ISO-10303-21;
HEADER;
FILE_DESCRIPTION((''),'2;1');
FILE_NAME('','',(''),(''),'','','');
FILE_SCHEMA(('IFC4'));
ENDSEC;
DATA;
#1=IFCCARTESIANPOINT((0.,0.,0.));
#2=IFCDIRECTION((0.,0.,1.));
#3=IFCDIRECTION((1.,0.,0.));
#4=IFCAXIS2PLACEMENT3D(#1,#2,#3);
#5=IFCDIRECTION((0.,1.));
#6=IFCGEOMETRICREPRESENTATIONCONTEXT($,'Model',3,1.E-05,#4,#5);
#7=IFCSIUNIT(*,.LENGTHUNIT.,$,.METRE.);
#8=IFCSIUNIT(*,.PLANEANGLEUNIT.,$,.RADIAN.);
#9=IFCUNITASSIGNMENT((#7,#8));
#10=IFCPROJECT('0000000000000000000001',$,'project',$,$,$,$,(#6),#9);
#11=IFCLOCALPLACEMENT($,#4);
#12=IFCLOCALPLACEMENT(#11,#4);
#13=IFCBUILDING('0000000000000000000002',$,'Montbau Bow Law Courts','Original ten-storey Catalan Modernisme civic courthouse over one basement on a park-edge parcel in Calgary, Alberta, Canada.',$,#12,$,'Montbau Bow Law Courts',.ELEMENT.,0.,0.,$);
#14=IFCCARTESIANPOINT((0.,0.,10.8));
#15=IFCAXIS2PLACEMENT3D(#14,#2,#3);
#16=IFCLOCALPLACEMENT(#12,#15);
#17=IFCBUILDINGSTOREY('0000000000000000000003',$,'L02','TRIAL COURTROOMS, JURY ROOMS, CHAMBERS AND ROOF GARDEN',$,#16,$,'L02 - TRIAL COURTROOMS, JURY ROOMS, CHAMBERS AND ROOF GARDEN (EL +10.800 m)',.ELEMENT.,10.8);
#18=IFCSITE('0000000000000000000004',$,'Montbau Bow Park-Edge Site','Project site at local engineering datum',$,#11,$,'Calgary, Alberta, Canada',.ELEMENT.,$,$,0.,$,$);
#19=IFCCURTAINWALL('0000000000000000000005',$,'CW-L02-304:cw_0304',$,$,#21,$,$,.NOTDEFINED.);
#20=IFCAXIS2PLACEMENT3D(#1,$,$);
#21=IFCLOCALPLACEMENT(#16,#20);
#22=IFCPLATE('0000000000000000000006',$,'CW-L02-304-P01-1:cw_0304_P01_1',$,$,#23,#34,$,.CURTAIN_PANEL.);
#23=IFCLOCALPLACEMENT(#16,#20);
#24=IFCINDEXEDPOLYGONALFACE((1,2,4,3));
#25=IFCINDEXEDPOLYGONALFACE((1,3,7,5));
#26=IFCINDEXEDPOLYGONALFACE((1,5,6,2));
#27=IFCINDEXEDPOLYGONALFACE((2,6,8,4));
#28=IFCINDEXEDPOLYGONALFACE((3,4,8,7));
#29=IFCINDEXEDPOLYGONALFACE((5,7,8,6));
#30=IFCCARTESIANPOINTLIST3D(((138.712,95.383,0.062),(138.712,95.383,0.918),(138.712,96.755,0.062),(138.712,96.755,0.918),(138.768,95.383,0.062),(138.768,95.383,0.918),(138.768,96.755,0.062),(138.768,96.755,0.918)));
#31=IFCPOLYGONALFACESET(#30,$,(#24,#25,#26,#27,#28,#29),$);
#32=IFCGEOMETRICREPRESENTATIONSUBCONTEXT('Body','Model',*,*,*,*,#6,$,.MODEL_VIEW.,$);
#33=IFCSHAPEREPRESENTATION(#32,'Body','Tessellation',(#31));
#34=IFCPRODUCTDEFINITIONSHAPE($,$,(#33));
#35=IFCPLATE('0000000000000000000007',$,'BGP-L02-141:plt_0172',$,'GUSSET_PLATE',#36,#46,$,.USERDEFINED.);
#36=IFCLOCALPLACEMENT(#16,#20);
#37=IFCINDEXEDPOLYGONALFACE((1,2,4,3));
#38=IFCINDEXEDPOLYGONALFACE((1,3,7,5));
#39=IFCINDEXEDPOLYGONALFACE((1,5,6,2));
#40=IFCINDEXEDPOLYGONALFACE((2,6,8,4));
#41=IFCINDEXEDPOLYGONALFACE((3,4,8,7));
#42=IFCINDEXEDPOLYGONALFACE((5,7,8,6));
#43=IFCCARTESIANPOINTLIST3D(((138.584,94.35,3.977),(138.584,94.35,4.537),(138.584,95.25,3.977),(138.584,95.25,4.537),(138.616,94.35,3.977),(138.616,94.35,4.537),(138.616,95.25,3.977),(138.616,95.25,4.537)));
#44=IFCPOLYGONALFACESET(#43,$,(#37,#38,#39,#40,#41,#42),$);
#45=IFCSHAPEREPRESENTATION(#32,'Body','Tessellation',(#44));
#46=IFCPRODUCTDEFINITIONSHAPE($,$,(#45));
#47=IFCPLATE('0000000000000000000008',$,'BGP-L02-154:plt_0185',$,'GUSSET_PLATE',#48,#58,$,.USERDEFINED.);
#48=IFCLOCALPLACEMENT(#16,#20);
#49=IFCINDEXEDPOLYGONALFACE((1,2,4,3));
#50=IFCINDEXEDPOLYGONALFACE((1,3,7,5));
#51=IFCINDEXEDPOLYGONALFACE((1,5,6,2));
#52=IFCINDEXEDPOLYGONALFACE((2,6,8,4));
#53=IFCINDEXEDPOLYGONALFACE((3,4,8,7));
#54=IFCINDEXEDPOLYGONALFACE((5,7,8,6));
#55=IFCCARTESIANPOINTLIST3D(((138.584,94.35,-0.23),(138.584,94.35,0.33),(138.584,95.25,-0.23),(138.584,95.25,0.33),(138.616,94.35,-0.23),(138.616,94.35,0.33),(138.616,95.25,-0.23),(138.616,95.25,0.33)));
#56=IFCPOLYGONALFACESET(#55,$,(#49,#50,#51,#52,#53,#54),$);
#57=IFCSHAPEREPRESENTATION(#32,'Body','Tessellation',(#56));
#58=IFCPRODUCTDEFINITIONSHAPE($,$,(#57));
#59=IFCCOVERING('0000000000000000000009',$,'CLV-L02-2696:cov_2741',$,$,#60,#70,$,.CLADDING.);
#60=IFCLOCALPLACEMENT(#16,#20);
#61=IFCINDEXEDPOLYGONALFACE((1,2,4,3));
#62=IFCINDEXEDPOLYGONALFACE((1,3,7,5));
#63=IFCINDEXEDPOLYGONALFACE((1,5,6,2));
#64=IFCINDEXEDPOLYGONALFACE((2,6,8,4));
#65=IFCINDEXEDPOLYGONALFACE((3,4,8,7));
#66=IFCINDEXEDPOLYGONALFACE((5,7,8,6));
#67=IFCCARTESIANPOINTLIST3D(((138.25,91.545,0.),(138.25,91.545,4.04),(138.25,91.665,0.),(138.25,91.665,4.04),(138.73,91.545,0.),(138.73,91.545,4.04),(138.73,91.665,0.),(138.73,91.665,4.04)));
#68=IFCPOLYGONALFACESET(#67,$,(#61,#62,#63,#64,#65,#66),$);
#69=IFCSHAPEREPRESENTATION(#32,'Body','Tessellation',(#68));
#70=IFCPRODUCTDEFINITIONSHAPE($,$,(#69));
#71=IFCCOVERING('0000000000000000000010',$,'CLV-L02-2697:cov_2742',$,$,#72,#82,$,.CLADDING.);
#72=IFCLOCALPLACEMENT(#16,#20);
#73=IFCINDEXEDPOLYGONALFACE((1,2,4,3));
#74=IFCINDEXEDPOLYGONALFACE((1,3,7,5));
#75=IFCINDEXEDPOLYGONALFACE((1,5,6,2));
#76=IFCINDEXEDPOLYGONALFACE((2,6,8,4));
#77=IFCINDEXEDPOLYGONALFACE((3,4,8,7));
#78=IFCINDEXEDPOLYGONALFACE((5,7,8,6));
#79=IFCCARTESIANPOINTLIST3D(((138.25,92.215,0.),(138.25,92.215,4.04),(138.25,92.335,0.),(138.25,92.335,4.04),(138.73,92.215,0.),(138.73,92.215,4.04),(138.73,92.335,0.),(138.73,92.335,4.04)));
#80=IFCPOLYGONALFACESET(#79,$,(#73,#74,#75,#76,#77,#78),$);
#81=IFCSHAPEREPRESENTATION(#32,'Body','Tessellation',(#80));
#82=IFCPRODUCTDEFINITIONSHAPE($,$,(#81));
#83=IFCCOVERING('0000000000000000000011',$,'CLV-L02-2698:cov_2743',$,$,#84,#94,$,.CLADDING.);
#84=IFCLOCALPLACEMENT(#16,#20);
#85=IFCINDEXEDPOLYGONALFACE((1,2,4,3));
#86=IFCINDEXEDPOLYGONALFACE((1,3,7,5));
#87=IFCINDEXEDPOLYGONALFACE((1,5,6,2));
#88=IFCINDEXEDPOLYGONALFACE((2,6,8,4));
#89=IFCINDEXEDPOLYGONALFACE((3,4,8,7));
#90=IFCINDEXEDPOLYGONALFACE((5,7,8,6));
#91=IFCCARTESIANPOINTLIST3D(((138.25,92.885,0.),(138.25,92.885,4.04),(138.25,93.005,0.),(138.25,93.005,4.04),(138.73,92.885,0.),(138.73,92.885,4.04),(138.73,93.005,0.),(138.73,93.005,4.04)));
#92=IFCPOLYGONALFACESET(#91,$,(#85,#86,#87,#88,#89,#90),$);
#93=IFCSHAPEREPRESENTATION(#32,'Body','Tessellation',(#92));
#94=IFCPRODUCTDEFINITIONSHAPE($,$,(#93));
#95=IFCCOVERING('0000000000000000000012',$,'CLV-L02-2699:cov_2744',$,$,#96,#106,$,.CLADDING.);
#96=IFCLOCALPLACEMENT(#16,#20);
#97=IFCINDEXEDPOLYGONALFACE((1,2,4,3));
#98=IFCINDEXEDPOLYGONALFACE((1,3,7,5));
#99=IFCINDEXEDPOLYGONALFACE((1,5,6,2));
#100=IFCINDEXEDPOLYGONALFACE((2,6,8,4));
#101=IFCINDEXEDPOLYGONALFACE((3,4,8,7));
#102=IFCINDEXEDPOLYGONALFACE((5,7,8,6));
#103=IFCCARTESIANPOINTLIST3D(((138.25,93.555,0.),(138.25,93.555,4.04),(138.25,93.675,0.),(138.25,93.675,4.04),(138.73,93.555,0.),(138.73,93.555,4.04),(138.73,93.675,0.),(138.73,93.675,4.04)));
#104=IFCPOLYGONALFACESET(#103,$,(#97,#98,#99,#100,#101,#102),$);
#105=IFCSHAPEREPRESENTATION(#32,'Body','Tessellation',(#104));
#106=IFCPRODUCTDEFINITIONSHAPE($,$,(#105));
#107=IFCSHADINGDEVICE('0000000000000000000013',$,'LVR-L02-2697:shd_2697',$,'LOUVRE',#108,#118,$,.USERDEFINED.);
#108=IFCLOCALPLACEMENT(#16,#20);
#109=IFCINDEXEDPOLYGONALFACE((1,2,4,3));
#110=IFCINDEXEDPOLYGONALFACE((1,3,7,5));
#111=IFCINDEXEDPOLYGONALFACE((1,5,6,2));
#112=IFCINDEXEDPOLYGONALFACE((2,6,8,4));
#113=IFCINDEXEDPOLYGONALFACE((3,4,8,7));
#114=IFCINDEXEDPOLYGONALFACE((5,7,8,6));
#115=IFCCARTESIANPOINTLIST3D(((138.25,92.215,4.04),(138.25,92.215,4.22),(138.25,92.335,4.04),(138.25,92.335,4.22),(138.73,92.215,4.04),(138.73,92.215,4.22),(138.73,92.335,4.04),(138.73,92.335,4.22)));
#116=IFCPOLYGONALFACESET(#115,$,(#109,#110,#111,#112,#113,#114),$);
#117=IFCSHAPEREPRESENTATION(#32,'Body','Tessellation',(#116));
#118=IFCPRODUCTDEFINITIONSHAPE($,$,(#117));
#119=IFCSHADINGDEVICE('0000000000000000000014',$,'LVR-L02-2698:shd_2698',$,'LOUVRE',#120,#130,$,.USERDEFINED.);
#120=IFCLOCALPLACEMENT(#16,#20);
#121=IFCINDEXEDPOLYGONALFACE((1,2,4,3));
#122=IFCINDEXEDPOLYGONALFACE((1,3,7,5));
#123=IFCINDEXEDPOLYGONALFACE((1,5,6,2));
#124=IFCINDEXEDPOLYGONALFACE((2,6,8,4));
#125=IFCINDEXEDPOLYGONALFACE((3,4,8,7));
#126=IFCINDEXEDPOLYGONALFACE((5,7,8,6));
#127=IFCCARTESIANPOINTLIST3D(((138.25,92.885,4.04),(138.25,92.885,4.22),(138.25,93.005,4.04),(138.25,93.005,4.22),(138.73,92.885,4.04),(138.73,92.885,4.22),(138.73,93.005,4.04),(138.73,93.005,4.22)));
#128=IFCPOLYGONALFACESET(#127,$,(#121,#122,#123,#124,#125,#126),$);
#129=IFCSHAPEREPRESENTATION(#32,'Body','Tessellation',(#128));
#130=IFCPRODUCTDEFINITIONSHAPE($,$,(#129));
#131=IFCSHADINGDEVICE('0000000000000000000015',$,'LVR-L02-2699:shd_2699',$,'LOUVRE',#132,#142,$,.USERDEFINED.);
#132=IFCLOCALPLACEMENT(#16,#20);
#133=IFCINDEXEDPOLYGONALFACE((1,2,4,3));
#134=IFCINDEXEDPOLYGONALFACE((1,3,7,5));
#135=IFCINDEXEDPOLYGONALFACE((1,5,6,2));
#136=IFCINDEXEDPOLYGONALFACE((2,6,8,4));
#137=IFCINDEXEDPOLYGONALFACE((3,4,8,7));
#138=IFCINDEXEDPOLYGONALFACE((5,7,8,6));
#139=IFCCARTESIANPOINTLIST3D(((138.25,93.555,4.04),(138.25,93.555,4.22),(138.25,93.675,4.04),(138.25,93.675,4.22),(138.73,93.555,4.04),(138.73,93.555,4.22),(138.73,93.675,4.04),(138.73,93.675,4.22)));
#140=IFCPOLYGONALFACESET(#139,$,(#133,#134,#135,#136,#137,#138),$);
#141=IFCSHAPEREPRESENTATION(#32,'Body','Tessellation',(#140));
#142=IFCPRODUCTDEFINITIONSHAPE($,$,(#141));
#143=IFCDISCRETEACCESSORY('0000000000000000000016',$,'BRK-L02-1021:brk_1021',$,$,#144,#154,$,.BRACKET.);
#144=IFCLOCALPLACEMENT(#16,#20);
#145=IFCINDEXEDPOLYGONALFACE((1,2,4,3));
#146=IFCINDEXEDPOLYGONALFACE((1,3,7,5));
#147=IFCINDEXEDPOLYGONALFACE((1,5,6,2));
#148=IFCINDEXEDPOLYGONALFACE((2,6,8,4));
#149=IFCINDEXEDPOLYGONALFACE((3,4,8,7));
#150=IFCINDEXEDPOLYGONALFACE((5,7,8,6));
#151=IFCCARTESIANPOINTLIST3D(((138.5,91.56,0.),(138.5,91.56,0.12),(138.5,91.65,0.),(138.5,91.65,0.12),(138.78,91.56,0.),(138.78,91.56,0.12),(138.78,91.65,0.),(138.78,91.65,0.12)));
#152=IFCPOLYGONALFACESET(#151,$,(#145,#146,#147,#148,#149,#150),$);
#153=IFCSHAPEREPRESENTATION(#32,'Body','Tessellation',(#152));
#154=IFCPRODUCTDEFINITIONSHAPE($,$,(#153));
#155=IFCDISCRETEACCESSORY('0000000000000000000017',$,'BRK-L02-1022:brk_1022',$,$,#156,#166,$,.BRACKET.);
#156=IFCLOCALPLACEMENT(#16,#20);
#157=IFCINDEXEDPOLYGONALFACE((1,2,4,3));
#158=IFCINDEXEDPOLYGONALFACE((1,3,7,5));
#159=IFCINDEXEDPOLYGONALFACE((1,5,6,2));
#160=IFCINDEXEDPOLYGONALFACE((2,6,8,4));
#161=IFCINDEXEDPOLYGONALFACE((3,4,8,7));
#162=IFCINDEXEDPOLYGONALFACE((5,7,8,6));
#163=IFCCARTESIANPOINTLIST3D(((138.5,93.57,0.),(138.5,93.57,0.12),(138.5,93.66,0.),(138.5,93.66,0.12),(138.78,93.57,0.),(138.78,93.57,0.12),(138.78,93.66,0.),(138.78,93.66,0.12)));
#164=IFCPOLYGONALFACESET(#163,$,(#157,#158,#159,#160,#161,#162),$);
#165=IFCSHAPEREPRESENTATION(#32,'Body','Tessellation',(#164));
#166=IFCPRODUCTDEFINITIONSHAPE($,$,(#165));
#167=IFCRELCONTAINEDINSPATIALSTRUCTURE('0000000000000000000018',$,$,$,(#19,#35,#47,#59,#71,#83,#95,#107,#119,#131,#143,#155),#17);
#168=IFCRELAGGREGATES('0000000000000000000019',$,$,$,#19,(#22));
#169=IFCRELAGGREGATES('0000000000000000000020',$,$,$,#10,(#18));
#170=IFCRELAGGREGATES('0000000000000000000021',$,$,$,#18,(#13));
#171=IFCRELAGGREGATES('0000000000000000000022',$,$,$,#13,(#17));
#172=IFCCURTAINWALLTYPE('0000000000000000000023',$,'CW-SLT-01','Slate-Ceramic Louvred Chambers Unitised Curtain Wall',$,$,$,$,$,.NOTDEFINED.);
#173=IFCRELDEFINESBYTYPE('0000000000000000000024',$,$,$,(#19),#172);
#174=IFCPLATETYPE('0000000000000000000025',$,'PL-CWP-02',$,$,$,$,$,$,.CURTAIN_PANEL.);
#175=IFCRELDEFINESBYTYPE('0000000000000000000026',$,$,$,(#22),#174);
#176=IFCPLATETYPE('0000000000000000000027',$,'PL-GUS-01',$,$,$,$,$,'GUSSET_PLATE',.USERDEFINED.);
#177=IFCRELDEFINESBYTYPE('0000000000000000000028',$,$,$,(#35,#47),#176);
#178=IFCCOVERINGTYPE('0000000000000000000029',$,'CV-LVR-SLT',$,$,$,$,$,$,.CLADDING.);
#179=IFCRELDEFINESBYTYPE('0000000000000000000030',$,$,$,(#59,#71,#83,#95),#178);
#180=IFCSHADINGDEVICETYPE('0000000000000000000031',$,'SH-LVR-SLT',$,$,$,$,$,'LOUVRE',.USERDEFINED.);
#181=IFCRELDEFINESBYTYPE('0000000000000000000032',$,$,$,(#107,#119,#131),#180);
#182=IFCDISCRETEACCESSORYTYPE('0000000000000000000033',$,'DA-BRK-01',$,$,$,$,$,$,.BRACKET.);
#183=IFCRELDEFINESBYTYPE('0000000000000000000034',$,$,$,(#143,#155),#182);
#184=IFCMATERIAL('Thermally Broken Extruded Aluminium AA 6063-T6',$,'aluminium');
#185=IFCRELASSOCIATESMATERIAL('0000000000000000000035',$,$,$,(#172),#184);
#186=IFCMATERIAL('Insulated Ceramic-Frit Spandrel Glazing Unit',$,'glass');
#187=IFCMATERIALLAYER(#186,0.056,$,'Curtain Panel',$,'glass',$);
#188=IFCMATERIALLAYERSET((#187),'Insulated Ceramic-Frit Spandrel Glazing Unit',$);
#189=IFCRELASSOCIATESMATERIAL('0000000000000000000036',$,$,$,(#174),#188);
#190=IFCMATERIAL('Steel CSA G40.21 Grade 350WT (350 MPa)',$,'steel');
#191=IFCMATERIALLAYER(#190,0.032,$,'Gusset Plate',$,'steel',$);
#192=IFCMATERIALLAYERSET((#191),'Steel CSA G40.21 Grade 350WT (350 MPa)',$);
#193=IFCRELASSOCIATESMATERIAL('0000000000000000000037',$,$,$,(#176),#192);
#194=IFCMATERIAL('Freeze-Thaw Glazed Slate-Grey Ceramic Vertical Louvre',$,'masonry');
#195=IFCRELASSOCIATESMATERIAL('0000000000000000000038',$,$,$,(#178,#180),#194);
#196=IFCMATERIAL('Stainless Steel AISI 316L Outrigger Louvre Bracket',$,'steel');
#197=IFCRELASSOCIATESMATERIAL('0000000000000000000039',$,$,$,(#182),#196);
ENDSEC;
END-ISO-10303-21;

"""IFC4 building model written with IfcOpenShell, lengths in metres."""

from ifc_helpers import new_model, si_unit, direction, frame, frame_2d, origin_with_axes, origin_2d_with_axis, place, context, subcontext, project, spatial, rectangle, extrude, material, layer, layer_set, type_object, element, aggregate, save


model = new_model("IFC4")

# Units and contexts
model_context = context("Model", 3, precision=1e-05, world=origin_with_axes(), true_north=direction((0.0, 1.0)))
body_context = subcontext(model_context, "Body", "Model", "MODEL_VIEW")
ifc_project = project(units=[si_unit("LENGTHUNIT", "METRE"), si_unit("PLANEANGLEUNIT", "RADIAN")], contexts=[model_context])

# Site, building, storey
site_placement = place(None, origin_with_axes())
site = spatial("IfcSite", under=ifc_project, at=site_placement, Name="Montbau Bow Park-Edge Site", Description="Project site at local engineering datum", LongName="Calgary, Alberta, Canada", CompositionType="ELEMENT", RefElevation=0.0)
building_placement = place(site_placement, origin_with_axes())
building = spatial("IfcBuilding", under=site, at=building_placement, Name="Montbau Bow Law Courts", Description="Original ten-storey Catalan Modernisme civic courthouse over one basement on a park-edge parcel in Calgary, Alberta, Canada.", LongName="Montbau Bow Law Courts", CompositionType="ELEMENT", ElevationOfRefHeight=0.0, ElevationOfTerrain=0.0)
storey_placement = place(building_placement, frame((0.0, 0.0, 10.8), z_axis=(0.0, 0.0, 1.0), x_axis=(1.0, 0.0, 0.0)))
storey = spatial("IfcBuildingStorey", under=building, at=storey_placement, Name="L02", Description="TRIAL COURTROOMS, JURY ROOMS, CHAMBERS AND ROOF GARDEN", LongName="L02 - TRIAL COURTROOMS, JURY ROOMS, CHAMBERS AND ROOF GARDEN (EL +10.800 m)", CompositionType="ELEMENT", Elevation=10.8)

# Shared definitions
ifc_material_1 = material(Name="Steel CSA G40.21 Grade 350WT (350 MPa)", Category="steel")

# Curtain wall
ifc_material_2 = material(Name="Thermally Broken Extruded Aluminium AA 6063-T6", Category="aluminium")
curtain_wall_type = type_object("IfcCurtainWallType", Name="CW-SLT-01", Description="Slate-Ceramic Louvred Chambers Unitised Curtain Wall", PredefinedType="NOTDEFINED", material=ifc_material_2)
curtain_wall_1_placement = place(None, frame((138.74, 95.315, 10.8), z_axis=(0.0, 0.0, 1.0), x_axis=(1.0, 0.0, 0.0)))
curtain_wall_1 = element("IfcCurtainWall", 1, at=curtain_wall_1_placement, inside=storey, type_object=curtain_wall_type, Name="CW-L02-304:cw_0304", PredefinedType="NOTDEFINED")

# Plate
ifc_material_3 = material(Name="Insulated Ceramic-Frit Spandrel Glazing Unit", Category="glass")
ifc_layer_1 = layer(ifc_material_3, 0.056, Name="Curtain Panel", Category="glass")
ifc_layer_set_1 = layer_set([ifc_layer_1], Name="Insulated Ceramic-Frit Spandrel Glazing Unit")
plate_type_1 = type_object("IfcPlateType", Name="PL-CWP-02", PredefinedType="CURTAIN_PANEL", material=ifc_layer_set_1)
plate_1_placement = place(None, frame((138.74, 95.383, 10.862), z_axis=(1.0, 0.0, 0.0), x_axis=(0.0, 1.0, 0.0)))
plate_1 = element("IfcPlate", 2, at=plate_1_placement, type_object=plate_type_1, Name="CW-L02-304-P01-1:cw_0304_P01_1", PredefinedType="CURTAIN_PANEL", context=body_context, shape_type="SweptSolid", body=[
    extrude(rectangle(XDim=1.372, YDim=0.856, at=frame_2d((0.686, 0.428), x_axis=(1.0, 0.0))), frame((0.0, 0.0, -0.028), z_axis=(0.0, 0.0, 1.0), x_axis=(1.0, 0.0, 0.0)), (0.0, 0.0, 1.0), 0.056),
])
aggregate(curtain_wall_1, [plate_1])

# Plates
ifc_layer_2 = layer(ifc_material_1, 0.032, Name="Gusset Plate", Category="steel")
ifc_layer_set_2 = layer_set([ifc_layer_2], Name="Steel CSA G40.21 Grade 350WT (350 MPa)")
plate_type_2 = type_object("IfcPlateType", Name="PL-GUS-01", ElementType="GUSSET_PLATE", PredefinedType="USERDEFINED", material=ifc_layer_set_2)
for number, where, z_axis, x_axis, name in (
    (3, (138.6, 94.8, 14.777), (0.0, 0.0, 1.0), (0.0, 1.0, 0.0), "BGP-L02-141:plt_0172"),
    (4, (138.6, 94.8, 10.57), (0.0, 0.0, 1.0), (0.0, 1.0, 0.0), "BGP-L02-154:plt_0185"),
):
    element("IfcPlate", number, at=place(None, frame(where, z_axis=z_axis, x_axis=x_axis)), inside=storey, type_object=plate_type_2, Name=name, ObjectType="GUSSET_PLATE", PredefinedType="USERDEFINED", context=body_context, shape_type="SweptSolid", body=[
        extrude(rectangle(XDim=0.9, YDim=0.032, at=origin_2d_with_axis()), origin_with_axes(), (0.0, 0.0, 1.0), 0.56),
    ])

# Coverings
ifc_material_4 = material(Name="Freeze-Thaw Glazed Slate-Grey Ceramic Vertical Louvre", Category="masonry")
covering_type = type_object("IfcCoveringType", Name="CV-LVR-SLT", PredefinedType="CLADDING", material=ifc_material_4)
for number, where, z_axis, x_axis, name in (
    (5, (138.73, 91.605, 10.8), (0.0, 1.0, 0.0), (-1.0, 0.0, 0.0), "CLV-L02-2696:cov_2741"),
    (6, (138.73, 92.275, 10.8), (0.0, 1.0, 0.0), (-1.0, 0.0, 0.0), "CLV-L02-2697:cov_2742"),
    (7, (138.73, 92.945, 10.8), (0.0, 1.0, 0.0), (-1.0, 0.0, 0.0), "CLV-L02-2698:cov_2743"),
    (8, (138.73, 93.615, 10.8), (0.0, 1.0, 0.0), (-1.0, 0.0, 0.0), "CLV-L02-2699:cov_2744"),
):
    element("IfcCovering", number, at=place(None, frame(where, z_axis=z_axis, x_axis=x_axis)), inside=storey, type_object=covering_type, Name=name, PredefinedType="CLADDING", context=body_context, shape_type="SweptSolid", body=[
        extrude(rectangle(XDim=0.48, YDim=4.04, at=frame_2d((0.24, 2.02), x_axis=(1.0, 0.0))), frame((0.0, 0.0, -0.06), z_axis=(0.0, 0.0, 1.0), x_axis=(1.0, 0.0, 0.0)), (0.0, 0.0, 1.0), 0.12),
    ])

# Shading devices
shading_device_type = type_object("IfcShadingDeviceType", Name="SH-LVR-SLT", ElementType="LOUVRE", PredefinedType="USERDEFINED", material=ifc_material_4)
for number, where, z_axis, x_axis, name in (
    (9, (138.49, 92.275, 14.84), (0.0, 0.0, 1.0), (-1.0, 0.0, 0.0), "LVR-L02-2697:shd_2697"),
    (10, (138.49, 92.945, 14.84), (0.0, 0.0, 1.0), (-1.0, 0.0, 0.0), "LVR-L02-2698:shd_2698"),
    (11, (138.49, 93.615, 14.84), (0.0, 0.0, 1.0), (-1.0, 0.0, 0.0), "LVR-L02-2699:shd_2699"),
):
    element("IfcShadingDevice", number, at=place(None, frame(where, z_axis=z_axis, x_axis=x_axis)), inside=storey, type_object=shading_device_type, Name=name, ObjectType="LOUVRE", PredefinedType="USERDEFINED", context=body_context, shape_type="SweptSolid", body=[
        extrude(rectangle(XDim=0.48, YDim=0.12, at=origin_2d_with_axis()), origin_with_axes(), (0.0, 0.0, 1.0), 0.18),
    ])

# Discrete accessories
ifc_material_5 = material(Name="Stainless Steel AISI 316L Outrigger Louvre Bracket", Category="steel")
discrete_accessory_type = type_object("IfcDiscreteAccessoryType", Name="DA-BRK-01", PredefinedType="BRACKET", material=ifc_material_5)
for number, where, z_axis, x_axis, name in (
    (12, (138.64, 91.605, 10.8), (0.0, 0.0, 1.0), (-1.0, 0.0, 0.0), "BRK-L02-1021:brk_1021"),
    (13, (138.64, 93.615, 10.8), (0.0, 0.0, 1.0), (-1.0, 0.0, 0.0), "BRK-L02-1022:brk_1022"),
):
    element("IfcDiscreteAccessory", number, at=place(None, frame(where, z_axis=z_axis, x_axis=x_axis)), inside=storey, type_object=discrete_accessory_type, Name=name, PredefinedType="BRACKET", context=body_context, shape_type="SweptSolid", body=[
        extrude(rectangle(XDim=0.28, YDim=0.09, at=origin_2d_with_axis()), origin_with_axes(), (0.0, 0.0, 1.0), 0.12),
    ])

save(model, "model.ifc")
